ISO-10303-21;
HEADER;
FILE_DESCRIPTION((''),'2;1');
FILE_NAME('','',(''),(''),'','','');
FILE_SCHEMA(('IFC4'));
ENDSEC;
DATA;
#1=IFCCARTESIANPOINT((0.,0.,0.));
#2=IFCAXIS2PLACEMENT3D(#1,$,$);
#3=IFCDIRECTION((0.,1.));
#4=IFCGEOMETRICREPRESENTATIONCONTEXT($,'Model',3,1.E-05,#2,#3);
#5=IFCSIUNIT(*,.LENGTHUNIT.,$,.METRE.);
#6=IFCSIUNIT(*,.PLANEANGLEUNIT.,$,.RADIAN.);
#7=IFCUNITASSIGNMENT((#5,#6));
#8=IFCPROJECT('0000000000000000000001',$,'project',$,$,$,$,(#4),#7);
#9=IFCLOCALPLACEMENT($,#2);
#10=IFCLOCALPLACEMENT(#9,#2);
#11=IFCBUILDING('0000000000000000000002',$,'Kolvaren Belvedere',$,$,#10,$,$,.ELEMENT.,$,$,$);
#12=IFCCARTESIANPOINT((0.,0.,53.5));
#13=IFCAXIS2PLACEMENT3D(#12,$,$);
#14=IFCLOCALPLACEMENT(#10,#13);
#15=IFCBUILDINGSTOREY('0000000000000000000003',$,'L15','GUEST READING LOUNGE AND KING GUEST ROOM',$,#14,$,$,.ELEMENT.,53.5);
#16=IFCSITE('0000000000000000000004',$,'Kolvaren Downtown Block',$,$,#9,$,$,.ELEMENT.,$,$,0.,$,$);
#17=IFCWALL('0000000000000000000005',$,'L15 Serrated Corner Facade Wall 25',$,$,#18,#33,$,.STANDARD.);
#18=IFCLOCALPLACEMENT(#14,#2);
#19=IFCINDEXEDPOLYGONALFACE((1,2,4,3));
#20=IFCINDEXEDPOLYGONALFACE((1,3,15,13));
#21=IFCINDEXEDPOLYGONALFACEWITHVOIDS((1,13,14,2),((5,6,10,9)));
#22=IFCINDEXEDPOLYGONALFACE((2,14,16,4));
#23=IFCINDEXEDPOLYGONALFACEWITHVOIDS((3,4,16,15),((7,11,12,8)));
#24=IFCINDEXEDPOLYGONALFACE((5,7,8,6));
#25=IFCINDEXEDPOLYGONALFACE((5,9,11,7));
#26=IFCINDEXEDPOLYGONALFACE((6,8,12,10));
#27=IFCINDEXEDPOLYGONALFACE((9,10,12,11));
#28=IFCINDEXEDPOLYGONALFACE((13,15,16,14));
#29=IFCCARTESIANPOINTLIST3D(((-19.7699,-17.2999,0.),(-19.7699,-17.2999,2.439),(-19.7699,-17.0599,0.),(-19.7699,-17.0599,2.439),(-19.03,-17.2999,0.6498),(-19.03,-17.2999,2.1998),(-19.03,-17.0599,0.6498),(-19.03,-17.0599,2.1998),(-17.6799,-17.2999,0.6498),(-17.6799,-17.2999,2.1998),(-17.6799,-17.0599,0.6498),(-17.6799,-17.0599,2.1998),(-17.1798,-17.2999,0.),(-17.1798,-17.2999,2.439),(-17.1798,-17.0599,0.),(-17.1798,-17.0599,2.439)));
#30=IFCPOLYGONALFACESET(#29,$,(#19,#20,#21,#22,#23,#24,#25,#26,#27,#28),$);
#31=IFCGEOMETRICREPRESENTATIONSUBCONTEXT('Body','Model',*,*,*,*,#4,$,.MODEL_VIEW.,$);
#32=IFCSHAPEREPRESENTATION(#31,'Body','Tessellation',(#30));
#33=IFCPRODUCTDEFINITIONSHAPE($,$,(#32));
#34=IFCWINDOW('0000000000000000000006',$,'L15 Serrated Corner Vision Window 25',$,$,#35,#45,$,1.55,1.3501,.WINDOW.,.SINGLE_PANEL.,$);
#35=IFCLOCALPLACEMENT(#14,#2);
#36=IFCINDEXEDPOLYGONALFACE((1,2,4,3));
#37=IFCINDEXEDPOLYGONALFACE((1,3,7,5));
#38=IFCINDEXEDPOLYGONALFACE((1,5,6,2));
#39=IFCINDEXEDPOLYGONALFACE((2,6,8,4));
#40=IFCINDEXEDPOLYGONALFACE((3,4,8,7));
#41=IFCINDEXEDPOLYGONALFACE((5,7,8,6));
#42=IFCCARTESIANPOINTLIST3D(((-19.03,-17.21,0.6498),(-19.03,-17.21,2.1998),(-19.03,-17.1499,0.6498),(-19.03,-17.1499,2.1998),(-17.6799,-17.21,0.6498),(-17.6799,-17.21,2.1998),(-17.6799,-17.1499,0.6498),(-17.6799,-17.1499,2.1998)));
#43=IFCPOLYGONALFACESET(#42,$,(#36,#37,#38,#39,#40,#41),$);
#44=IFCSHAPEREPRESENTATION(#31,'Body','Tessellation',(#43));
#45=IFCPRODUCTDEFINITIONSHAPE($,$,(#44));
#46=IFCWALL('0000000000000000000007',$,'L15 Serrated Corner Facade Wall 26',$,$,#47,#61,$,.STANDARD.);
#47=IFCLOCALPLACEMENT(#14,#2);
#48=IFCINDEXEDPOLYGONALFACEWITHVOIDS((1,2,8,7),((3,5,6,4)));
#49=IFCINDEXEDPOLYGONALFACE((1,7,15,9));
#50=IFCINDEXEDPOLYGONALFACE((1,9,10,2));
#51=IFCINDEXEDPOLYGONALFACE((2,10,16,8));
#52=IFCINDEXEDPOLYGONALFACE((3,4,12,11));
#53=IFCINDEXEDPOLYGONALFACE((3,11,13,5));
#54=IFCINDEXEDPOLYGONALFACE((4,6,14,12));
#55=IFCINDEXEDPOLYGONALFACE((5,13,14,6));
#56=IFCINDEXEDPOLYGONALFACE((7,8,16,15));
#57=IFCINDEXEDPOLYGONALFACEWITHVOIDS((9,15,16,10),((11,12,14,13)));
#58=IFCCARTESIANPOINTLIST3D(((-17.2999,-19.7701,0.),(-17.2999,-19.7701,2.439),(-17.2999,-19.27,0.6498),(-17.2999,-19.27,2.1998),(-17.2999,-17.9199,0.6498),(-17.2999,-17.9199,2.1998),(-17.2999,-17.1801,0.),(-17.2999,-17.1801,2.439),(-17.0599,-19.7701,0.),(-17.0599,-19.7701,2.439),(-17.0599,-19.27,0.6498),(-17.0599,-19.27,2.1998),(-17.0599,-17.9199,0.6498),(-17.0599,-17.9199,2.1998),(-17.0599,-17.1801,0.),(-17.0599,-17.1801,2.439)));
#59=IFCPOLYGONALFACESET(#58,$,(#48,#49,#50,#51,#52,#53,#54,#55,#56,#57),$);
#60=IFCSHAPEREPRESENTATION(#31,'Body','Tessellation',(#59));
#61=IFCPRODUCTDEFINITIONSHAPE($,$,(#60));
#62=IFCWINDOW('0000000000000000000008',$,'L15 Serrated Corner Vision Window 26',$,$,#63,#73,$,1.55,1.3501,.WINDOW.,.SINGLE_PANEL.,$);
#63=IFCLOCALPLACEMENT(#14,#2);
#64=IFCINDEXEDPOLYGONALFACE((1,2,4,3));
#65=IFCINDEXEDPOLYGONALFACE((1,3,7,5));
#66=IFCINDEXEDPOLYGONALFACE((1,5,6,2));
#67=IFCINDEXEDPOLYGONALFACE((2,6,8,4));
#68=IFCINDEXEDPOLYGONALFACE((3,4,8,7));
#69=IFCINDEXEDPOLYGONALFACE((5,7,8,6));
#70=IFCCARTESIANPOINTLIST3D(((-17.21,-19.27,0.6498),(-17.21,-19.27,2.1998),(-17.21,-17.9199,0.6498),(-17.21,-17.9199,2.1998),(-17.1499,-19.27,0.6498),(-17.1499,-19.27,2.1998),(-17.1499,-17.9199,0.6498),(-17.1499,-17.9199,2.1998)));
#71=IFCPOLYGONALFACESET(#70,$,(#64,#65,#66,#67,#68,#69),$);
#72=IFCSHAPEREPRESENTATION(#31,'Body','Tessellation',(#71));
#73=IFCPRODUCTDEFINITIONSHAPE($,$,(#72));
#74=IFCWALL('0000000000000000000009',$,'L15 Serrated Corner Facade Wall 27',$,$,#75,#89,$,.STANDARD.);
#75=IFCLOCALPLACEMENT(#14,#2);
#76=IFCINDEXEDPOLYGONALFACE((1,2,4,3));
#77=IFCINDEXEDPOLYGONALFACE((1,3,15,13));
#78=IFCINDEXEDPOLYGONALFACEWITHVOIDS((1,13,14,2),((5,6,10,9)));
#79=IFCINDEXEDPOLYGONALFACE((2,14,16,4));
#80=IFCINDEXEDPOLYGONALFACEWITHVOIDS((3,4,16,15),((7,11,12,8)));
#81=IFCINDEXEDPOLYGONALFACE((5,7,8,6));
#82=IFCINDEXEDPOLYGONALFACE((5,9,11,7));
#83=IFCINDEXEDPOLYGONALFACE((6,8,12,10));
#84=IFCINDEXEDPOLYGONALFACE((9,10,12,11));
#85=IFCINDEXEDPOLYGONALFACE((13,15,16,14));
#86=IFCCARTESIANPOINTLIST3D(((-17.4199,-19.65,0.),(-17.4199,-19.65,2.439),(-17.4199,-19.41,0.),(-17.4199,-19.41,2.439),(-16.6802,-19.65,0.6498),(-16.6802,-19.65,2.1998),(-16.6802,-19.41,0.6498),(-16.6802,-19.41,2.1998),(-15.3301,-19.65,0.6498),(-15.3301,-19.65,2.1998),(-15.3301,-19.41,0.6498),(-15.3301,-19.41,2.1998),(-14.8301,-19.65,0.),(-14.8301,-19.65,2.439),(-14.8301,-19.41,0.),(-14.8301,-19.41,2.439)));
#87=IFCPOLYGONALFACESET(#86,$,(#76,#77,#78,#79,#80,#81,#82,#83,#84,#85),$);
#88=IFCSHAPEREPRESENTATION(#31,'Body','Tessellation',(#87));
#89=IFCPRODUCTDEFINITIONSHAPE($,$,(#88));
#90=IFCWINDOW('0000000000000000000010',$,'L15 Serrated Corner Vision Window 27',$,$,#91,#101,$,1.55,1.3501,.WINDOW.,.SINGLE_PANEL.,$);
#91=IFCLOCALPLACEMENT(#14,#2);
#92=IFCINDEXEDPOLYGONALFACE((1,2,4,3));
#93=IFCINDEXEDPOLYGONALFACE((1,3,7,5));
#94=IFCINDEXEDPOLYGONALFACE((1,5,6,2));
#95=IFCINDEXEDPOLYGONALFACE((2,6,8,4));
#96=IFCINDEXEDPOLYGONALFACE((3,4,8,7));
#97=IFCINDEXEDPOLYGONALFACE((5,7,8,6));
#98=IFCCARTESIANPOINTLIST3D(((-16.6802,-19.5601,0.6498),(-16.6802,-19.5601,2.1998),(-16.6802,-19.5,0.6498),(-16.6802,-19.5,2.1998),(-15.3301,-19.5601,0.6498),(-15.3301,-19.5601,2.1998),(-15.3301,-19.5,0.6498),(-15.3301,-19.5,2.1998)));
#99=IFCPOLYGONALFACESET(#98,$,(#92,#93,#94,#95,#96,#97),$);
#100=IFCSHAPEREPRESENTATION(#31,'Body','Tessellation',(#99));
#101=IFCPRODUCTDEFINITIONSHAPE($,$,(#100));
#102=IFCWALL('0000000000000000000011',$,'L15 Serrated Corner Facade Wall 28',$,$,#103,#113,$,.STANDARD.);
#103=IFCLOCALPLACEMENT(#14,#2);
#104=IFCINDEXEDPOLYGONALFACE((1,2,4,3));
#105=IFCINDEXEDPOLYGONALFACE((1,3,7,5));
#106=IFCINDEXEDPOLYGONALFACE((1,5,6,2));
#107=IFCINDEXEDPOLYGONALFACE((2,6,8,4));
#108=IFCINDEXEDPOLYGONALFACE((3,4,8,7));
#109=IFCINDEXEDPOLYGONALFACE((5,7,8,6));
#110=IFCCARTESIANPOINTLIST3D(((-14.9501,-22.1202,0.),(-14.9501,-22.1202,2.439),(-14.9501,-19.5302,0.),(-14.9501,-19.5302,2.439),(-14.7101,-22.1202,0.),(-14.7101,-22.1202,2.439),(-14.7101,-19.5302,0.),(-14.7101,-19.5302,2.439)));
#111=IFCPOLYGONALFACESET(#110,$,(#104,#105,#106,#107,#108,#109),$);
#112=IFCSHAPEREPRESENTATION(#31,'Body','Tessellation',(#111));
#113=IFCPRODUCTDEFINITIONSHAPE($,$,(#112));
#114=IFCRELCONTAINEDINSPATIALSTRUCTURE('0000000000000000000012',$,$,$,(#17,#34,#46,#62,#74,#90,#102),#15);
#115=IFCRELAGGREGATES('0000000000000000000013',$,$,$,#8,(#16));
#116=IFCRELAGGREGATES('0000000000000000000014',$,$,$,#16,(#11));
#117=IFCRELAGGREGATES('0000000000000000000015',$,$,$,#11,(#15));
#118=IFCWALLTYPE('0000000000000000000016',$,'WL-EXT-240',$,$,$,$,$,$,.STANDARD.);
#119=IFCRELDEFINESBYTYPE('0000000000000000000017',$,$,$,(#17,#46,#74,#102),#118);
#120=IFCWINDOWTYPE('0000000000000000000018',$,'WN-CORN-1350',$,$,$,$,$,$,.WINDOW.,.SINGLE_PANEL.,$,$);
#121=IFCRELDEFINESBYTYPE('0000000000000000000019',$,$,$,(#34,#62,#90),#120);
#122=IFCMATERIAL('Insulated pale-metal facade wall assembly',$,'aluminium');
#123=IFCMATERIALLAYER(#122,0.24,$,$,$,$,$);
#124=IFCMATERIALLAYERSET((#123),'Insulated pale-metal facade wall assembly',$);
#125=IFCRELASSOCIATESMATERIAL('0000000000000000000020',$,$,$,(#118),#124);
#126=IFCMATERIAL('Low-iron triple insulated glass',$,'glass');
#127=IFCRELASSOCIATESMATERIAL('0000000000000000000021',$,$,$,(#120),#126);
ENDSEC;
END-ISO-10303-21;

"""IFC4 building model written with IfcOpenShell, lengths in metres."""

from ifc_helpers import new_model, si_unit, direction, frame, frame_2d, origin, place, context, subcontext, project, spatial, rectangle, extrude, material, layer, layer_set, type_object, element, fill, save


model = new_model("IFC4")

# Units and contexts
model_context = context("Model", 3, precision=1e-05, world=origin(), true_north=direction((0.0, 1.0)))
body_context = subcontext(model_context, "Body", "Model", "MODEL_VIEW")
ifc_project = project(units=[si_unit("LENGTHUNIT", "METRE"), si_unit("PLANEANGLEUNIT", "RADIAN")], contexts=[model_context])

# Site, building, storey
site_placement = place(None, origin())
site = spatial("IfcSite", under=ifc_project, at=site_placement, Name="Kolvaren Downtown Block", CompositionType="ELEMENT", RefElevation=0.0)
building_placement = place(site_placement, origin())
building = spatial("IfcBuilding", under=site, at=building_placement, Name="Kolvaren Belvedere", CompositionType="ELEMENT")
storey_placement = place(building_placement, frame((0.0, 0.0, 53.5)))
storey = spatial("IfcBuildingStorey", under=building, at=storey_placement, Name="L15", Description="GUEST READING LOUNGE AND KING GUEST ROOM", CompositionType="ELEMENT", Elevation=53.5)

# Shared definitions
ifc_material_1 = material(Name="Insulated pale-metal facade wall assembly", Category="aluminium")
ifc_layer = layer(ifc_material_1, 0.24)
ifc_layer_set = layer_set([ifc_layer], Name="Insulated pale-metal facade wall assembly")
wall_type = type_object("IfcWallType", Name="WL-EXT-240", PredefinedType="STANDARD", material=ifc_layer_set)

# Walls, openings, windows
ifc_material_2 = material(Name="Low-iron triple insulated glass", Category="glass")
window_type = type_object("IfcWindowType", Name="WN-CORN-1350", PartitioningType="SINGLE_PANEL", PredefinedType="WINDOW", material=ifc_material_2)
wall_1_placement = place(storey_placement, frame((-17.1799, -17.1799, 0.0), z_axis=(0.0, 0.0, 1.0), x_axis=(-1.0, 0.0, 0.0)))
wall_1 = element("IfcWall", 1, at=wall_1_placement, inside=storey, type_object=wall_type, Name="L15 Serrated Corner Facade Wall 25", PredefinedType="STANDARD", context=body_context, shape_type="SweptSolid", body=[
    extrude(rectangle(XDim=2.5901, YDim=0.24, at=frame_2d((1.2949, 0.0))), origin(), (0.0, 0.0, 1.0), 2.439),
])
opening_1_placement = place(wall_1_placement, frame((0.5, 0.0, 0.6499)))
opening_1 = element("IfcOpeningElement", 2, at=opening_1_placement, cuts=wall_1, PredefinedType="OPENING", context=body_context, shape_type="SweptSolid", body=[
    extrude(rectangle(XDim=1.3501, YDim=1.55, at=frame_2d((0.675, 0.7749))), frame((0.0, 0.1299, 0.0), z_axis=(0.0, -1.0, 0.0), x_axis=(1.0, 0.0, 0.0)), (0.0, 0.0, 1.0), 0.26),
])
window_1_placement = place(opening_1_placement, origin())
window_1 = element("IfcWindow", 3, at=window_1_placement, inside=storey, type_object=window_type, Name="L15 Serrated Corner Vision Window 25", OverallHeight=1.55, OverallWidth=1.3501, PartitioningType="SINGLE_PANEL", PredefinedType="WINDOW", context=body_context, shape_type="SweptSolid", body=[
    extrude(rectangle(XDim=1.3501, YDim=1.55, at=frame_2d((0.675, 0.7749))), frame((0.0, 0.03, 0.0), z_axis=(0.0, -1.0, 0.0), x_axis=(1.0, 0.0, 0.0)), (0.0, 0.0, 1.0), 0.0601),
])
fill(opening_1, window_1)
wall_2_placement = place(storey_placement, frame((-17.1799, -19.77, 0.0), z_axis=(0.0, 0.0, 1.0), x_axis=(0.0, 1.0, 0.0)))
wall_2 = element("IfcWall", 4, at=wall_2_placement, inside=storey, type_object=wall_type, Name="L15 Serrated Corner Facade Wall 26", PredefinedType="STANDARD", context=body_context, shape_type="SweptSolid", body=[
    extrude(rectangle(XDim=2.5901, YDim=0.24, at=frame_2d((1.2949, 0.0))), origin(), (0.0, 0.0, 1.0), 2.439),
])
opening_2_placement = place(wall_2_placement, frame((0.5, 0.0, 0.6499)))
opening_2 = element("IfcOpeningElement", 5, at=opening_2_placement, cuts=wall_2, PredefinedType="OPENING", context=body_context, shape_type="SweptSolid", body=[
    extrude(rectangle(XDim=1.3501, YDim=1.55, at=frame_2d((0.675, 0.7749))), frame((0.0, 0.1299, 0.0), z_axis=(0.0, -1.0, 0.0), x_axis=(1.0, 0.0, 0.0)), (0.0, 0.0, 1.0), 0.26),
])
window_2_placement = place(opening_2_placement, origin())
window_2 = element("IfcWindow", 6, at=window_2_placement, inside=storey, type_object=window_type, Name="L15 Serrated Corner Vision Window 26", OverallHeight=1.55, OverallWidth=1.3501, PartitioningType="SINGLE_PANEL", PredefinedType="WINDOW", context=body_context, shape_type="SweptSolid", body=[
    extrude(rectangle(XDim=1.3501, YDim=1.55, at=frame_2d((0.675, 0.7749))), frame((0.0, 0.03, 0.0), z_axis=(0.0, -1.0, 0.0), x_axis=(1.0, 0.0, 0.0)), (0.0, 0.0, 1.0), 0.0601),
])
fill(opening_2, window_2)
wall_3_placement = place(storey_placement, frame((-14.8301, -19.53, 0.0), z_axis=(0.0, 0.0, 1.0), x_axis=(-1.0, 0.0, 0.0)))
wall_3 = element("IfcWall", 7, at=wall_3_placement, inside=storey, type_object=wall_type, Name="L15 Serrated Corner Facade Wall 27", PredefinedType="STANDARD", context=body_context, shape_type="SweptSolid", body=[
    extrude(rectangle(XDim=2.5898, YDim=0.24, at=frame_2d((1.2949, 0.0))), origin(), (0.0, 0.0, 1.0), 2.439),
])
opening_3_placement = place(wall_3_placement, frame((0.5, 0.0, 0.6499)))
opening_3 = element("IfcOpeningElement", 8, at=opening_3_placement, cuts=wall_3, PredefinedType="OPENING", context=body_context, shape_type="SweptSolid", body=[
    extrude(rectangle(XDim=1.3501, YDim=1.55, at=frame_2d((0.675, 0.7749))), frame((0.0, 0.1299, 0.0), z_axis=(0.0, -1.0, 0.0), x_axis=(1.0, 0.0, 0.0)), (0.0, 0.0, 1.0), 0.26),
])
window_3_placement = place(opening_3_placement, origin())
window_3 = element("IfcWindow", 9, at=window_3_placement, inside=storey, type_object=window_type, Name="L15 Serrated Corner Vision Window 27", OverallHeight=1.55, OverallWidth=1.3501, PartitioningType="SINGLE_PANEL", PredefinedType="WINDOW", context=body_context, shape_type="SweptSolid", body=[
    extrude(rectangle(XDim=1.3501, YDim=1.55, at=frame_2d((0.675, 0.7749))), frame((0.0, 0.03, 0.0), z_axis=(0.0, -1.0, 0.0), x_axis=(1.0, 0.0, 0.0)), (0.0, 0.0, 1.0), 0.0601),
])
fill(opening_3, window_3)

# Wall
wall_4_placement = place(storey_placement, frame((-14.8301, -22.1201, 0.0), z_axis=(0.0, 0.0, 1.0), x_axis=(0.0, 1.0, 0.0)))
element("IfcWall", 10, at=wall_4_placement, inside=storey, type_object=wall_type, Name="L15 Serrated Corner Facade Wall 28", PredefinedType="STANDARD", context=body_context, shape_type="SweptSolid", body=[
    extrude(rectangle(XDim=2.5901, YDim=0.24, at=frame_2d((1.2949, 0.0))), origin(), (0.0, 0.0, 1.0), 2.439),
])

save(model, "model.ifc")
